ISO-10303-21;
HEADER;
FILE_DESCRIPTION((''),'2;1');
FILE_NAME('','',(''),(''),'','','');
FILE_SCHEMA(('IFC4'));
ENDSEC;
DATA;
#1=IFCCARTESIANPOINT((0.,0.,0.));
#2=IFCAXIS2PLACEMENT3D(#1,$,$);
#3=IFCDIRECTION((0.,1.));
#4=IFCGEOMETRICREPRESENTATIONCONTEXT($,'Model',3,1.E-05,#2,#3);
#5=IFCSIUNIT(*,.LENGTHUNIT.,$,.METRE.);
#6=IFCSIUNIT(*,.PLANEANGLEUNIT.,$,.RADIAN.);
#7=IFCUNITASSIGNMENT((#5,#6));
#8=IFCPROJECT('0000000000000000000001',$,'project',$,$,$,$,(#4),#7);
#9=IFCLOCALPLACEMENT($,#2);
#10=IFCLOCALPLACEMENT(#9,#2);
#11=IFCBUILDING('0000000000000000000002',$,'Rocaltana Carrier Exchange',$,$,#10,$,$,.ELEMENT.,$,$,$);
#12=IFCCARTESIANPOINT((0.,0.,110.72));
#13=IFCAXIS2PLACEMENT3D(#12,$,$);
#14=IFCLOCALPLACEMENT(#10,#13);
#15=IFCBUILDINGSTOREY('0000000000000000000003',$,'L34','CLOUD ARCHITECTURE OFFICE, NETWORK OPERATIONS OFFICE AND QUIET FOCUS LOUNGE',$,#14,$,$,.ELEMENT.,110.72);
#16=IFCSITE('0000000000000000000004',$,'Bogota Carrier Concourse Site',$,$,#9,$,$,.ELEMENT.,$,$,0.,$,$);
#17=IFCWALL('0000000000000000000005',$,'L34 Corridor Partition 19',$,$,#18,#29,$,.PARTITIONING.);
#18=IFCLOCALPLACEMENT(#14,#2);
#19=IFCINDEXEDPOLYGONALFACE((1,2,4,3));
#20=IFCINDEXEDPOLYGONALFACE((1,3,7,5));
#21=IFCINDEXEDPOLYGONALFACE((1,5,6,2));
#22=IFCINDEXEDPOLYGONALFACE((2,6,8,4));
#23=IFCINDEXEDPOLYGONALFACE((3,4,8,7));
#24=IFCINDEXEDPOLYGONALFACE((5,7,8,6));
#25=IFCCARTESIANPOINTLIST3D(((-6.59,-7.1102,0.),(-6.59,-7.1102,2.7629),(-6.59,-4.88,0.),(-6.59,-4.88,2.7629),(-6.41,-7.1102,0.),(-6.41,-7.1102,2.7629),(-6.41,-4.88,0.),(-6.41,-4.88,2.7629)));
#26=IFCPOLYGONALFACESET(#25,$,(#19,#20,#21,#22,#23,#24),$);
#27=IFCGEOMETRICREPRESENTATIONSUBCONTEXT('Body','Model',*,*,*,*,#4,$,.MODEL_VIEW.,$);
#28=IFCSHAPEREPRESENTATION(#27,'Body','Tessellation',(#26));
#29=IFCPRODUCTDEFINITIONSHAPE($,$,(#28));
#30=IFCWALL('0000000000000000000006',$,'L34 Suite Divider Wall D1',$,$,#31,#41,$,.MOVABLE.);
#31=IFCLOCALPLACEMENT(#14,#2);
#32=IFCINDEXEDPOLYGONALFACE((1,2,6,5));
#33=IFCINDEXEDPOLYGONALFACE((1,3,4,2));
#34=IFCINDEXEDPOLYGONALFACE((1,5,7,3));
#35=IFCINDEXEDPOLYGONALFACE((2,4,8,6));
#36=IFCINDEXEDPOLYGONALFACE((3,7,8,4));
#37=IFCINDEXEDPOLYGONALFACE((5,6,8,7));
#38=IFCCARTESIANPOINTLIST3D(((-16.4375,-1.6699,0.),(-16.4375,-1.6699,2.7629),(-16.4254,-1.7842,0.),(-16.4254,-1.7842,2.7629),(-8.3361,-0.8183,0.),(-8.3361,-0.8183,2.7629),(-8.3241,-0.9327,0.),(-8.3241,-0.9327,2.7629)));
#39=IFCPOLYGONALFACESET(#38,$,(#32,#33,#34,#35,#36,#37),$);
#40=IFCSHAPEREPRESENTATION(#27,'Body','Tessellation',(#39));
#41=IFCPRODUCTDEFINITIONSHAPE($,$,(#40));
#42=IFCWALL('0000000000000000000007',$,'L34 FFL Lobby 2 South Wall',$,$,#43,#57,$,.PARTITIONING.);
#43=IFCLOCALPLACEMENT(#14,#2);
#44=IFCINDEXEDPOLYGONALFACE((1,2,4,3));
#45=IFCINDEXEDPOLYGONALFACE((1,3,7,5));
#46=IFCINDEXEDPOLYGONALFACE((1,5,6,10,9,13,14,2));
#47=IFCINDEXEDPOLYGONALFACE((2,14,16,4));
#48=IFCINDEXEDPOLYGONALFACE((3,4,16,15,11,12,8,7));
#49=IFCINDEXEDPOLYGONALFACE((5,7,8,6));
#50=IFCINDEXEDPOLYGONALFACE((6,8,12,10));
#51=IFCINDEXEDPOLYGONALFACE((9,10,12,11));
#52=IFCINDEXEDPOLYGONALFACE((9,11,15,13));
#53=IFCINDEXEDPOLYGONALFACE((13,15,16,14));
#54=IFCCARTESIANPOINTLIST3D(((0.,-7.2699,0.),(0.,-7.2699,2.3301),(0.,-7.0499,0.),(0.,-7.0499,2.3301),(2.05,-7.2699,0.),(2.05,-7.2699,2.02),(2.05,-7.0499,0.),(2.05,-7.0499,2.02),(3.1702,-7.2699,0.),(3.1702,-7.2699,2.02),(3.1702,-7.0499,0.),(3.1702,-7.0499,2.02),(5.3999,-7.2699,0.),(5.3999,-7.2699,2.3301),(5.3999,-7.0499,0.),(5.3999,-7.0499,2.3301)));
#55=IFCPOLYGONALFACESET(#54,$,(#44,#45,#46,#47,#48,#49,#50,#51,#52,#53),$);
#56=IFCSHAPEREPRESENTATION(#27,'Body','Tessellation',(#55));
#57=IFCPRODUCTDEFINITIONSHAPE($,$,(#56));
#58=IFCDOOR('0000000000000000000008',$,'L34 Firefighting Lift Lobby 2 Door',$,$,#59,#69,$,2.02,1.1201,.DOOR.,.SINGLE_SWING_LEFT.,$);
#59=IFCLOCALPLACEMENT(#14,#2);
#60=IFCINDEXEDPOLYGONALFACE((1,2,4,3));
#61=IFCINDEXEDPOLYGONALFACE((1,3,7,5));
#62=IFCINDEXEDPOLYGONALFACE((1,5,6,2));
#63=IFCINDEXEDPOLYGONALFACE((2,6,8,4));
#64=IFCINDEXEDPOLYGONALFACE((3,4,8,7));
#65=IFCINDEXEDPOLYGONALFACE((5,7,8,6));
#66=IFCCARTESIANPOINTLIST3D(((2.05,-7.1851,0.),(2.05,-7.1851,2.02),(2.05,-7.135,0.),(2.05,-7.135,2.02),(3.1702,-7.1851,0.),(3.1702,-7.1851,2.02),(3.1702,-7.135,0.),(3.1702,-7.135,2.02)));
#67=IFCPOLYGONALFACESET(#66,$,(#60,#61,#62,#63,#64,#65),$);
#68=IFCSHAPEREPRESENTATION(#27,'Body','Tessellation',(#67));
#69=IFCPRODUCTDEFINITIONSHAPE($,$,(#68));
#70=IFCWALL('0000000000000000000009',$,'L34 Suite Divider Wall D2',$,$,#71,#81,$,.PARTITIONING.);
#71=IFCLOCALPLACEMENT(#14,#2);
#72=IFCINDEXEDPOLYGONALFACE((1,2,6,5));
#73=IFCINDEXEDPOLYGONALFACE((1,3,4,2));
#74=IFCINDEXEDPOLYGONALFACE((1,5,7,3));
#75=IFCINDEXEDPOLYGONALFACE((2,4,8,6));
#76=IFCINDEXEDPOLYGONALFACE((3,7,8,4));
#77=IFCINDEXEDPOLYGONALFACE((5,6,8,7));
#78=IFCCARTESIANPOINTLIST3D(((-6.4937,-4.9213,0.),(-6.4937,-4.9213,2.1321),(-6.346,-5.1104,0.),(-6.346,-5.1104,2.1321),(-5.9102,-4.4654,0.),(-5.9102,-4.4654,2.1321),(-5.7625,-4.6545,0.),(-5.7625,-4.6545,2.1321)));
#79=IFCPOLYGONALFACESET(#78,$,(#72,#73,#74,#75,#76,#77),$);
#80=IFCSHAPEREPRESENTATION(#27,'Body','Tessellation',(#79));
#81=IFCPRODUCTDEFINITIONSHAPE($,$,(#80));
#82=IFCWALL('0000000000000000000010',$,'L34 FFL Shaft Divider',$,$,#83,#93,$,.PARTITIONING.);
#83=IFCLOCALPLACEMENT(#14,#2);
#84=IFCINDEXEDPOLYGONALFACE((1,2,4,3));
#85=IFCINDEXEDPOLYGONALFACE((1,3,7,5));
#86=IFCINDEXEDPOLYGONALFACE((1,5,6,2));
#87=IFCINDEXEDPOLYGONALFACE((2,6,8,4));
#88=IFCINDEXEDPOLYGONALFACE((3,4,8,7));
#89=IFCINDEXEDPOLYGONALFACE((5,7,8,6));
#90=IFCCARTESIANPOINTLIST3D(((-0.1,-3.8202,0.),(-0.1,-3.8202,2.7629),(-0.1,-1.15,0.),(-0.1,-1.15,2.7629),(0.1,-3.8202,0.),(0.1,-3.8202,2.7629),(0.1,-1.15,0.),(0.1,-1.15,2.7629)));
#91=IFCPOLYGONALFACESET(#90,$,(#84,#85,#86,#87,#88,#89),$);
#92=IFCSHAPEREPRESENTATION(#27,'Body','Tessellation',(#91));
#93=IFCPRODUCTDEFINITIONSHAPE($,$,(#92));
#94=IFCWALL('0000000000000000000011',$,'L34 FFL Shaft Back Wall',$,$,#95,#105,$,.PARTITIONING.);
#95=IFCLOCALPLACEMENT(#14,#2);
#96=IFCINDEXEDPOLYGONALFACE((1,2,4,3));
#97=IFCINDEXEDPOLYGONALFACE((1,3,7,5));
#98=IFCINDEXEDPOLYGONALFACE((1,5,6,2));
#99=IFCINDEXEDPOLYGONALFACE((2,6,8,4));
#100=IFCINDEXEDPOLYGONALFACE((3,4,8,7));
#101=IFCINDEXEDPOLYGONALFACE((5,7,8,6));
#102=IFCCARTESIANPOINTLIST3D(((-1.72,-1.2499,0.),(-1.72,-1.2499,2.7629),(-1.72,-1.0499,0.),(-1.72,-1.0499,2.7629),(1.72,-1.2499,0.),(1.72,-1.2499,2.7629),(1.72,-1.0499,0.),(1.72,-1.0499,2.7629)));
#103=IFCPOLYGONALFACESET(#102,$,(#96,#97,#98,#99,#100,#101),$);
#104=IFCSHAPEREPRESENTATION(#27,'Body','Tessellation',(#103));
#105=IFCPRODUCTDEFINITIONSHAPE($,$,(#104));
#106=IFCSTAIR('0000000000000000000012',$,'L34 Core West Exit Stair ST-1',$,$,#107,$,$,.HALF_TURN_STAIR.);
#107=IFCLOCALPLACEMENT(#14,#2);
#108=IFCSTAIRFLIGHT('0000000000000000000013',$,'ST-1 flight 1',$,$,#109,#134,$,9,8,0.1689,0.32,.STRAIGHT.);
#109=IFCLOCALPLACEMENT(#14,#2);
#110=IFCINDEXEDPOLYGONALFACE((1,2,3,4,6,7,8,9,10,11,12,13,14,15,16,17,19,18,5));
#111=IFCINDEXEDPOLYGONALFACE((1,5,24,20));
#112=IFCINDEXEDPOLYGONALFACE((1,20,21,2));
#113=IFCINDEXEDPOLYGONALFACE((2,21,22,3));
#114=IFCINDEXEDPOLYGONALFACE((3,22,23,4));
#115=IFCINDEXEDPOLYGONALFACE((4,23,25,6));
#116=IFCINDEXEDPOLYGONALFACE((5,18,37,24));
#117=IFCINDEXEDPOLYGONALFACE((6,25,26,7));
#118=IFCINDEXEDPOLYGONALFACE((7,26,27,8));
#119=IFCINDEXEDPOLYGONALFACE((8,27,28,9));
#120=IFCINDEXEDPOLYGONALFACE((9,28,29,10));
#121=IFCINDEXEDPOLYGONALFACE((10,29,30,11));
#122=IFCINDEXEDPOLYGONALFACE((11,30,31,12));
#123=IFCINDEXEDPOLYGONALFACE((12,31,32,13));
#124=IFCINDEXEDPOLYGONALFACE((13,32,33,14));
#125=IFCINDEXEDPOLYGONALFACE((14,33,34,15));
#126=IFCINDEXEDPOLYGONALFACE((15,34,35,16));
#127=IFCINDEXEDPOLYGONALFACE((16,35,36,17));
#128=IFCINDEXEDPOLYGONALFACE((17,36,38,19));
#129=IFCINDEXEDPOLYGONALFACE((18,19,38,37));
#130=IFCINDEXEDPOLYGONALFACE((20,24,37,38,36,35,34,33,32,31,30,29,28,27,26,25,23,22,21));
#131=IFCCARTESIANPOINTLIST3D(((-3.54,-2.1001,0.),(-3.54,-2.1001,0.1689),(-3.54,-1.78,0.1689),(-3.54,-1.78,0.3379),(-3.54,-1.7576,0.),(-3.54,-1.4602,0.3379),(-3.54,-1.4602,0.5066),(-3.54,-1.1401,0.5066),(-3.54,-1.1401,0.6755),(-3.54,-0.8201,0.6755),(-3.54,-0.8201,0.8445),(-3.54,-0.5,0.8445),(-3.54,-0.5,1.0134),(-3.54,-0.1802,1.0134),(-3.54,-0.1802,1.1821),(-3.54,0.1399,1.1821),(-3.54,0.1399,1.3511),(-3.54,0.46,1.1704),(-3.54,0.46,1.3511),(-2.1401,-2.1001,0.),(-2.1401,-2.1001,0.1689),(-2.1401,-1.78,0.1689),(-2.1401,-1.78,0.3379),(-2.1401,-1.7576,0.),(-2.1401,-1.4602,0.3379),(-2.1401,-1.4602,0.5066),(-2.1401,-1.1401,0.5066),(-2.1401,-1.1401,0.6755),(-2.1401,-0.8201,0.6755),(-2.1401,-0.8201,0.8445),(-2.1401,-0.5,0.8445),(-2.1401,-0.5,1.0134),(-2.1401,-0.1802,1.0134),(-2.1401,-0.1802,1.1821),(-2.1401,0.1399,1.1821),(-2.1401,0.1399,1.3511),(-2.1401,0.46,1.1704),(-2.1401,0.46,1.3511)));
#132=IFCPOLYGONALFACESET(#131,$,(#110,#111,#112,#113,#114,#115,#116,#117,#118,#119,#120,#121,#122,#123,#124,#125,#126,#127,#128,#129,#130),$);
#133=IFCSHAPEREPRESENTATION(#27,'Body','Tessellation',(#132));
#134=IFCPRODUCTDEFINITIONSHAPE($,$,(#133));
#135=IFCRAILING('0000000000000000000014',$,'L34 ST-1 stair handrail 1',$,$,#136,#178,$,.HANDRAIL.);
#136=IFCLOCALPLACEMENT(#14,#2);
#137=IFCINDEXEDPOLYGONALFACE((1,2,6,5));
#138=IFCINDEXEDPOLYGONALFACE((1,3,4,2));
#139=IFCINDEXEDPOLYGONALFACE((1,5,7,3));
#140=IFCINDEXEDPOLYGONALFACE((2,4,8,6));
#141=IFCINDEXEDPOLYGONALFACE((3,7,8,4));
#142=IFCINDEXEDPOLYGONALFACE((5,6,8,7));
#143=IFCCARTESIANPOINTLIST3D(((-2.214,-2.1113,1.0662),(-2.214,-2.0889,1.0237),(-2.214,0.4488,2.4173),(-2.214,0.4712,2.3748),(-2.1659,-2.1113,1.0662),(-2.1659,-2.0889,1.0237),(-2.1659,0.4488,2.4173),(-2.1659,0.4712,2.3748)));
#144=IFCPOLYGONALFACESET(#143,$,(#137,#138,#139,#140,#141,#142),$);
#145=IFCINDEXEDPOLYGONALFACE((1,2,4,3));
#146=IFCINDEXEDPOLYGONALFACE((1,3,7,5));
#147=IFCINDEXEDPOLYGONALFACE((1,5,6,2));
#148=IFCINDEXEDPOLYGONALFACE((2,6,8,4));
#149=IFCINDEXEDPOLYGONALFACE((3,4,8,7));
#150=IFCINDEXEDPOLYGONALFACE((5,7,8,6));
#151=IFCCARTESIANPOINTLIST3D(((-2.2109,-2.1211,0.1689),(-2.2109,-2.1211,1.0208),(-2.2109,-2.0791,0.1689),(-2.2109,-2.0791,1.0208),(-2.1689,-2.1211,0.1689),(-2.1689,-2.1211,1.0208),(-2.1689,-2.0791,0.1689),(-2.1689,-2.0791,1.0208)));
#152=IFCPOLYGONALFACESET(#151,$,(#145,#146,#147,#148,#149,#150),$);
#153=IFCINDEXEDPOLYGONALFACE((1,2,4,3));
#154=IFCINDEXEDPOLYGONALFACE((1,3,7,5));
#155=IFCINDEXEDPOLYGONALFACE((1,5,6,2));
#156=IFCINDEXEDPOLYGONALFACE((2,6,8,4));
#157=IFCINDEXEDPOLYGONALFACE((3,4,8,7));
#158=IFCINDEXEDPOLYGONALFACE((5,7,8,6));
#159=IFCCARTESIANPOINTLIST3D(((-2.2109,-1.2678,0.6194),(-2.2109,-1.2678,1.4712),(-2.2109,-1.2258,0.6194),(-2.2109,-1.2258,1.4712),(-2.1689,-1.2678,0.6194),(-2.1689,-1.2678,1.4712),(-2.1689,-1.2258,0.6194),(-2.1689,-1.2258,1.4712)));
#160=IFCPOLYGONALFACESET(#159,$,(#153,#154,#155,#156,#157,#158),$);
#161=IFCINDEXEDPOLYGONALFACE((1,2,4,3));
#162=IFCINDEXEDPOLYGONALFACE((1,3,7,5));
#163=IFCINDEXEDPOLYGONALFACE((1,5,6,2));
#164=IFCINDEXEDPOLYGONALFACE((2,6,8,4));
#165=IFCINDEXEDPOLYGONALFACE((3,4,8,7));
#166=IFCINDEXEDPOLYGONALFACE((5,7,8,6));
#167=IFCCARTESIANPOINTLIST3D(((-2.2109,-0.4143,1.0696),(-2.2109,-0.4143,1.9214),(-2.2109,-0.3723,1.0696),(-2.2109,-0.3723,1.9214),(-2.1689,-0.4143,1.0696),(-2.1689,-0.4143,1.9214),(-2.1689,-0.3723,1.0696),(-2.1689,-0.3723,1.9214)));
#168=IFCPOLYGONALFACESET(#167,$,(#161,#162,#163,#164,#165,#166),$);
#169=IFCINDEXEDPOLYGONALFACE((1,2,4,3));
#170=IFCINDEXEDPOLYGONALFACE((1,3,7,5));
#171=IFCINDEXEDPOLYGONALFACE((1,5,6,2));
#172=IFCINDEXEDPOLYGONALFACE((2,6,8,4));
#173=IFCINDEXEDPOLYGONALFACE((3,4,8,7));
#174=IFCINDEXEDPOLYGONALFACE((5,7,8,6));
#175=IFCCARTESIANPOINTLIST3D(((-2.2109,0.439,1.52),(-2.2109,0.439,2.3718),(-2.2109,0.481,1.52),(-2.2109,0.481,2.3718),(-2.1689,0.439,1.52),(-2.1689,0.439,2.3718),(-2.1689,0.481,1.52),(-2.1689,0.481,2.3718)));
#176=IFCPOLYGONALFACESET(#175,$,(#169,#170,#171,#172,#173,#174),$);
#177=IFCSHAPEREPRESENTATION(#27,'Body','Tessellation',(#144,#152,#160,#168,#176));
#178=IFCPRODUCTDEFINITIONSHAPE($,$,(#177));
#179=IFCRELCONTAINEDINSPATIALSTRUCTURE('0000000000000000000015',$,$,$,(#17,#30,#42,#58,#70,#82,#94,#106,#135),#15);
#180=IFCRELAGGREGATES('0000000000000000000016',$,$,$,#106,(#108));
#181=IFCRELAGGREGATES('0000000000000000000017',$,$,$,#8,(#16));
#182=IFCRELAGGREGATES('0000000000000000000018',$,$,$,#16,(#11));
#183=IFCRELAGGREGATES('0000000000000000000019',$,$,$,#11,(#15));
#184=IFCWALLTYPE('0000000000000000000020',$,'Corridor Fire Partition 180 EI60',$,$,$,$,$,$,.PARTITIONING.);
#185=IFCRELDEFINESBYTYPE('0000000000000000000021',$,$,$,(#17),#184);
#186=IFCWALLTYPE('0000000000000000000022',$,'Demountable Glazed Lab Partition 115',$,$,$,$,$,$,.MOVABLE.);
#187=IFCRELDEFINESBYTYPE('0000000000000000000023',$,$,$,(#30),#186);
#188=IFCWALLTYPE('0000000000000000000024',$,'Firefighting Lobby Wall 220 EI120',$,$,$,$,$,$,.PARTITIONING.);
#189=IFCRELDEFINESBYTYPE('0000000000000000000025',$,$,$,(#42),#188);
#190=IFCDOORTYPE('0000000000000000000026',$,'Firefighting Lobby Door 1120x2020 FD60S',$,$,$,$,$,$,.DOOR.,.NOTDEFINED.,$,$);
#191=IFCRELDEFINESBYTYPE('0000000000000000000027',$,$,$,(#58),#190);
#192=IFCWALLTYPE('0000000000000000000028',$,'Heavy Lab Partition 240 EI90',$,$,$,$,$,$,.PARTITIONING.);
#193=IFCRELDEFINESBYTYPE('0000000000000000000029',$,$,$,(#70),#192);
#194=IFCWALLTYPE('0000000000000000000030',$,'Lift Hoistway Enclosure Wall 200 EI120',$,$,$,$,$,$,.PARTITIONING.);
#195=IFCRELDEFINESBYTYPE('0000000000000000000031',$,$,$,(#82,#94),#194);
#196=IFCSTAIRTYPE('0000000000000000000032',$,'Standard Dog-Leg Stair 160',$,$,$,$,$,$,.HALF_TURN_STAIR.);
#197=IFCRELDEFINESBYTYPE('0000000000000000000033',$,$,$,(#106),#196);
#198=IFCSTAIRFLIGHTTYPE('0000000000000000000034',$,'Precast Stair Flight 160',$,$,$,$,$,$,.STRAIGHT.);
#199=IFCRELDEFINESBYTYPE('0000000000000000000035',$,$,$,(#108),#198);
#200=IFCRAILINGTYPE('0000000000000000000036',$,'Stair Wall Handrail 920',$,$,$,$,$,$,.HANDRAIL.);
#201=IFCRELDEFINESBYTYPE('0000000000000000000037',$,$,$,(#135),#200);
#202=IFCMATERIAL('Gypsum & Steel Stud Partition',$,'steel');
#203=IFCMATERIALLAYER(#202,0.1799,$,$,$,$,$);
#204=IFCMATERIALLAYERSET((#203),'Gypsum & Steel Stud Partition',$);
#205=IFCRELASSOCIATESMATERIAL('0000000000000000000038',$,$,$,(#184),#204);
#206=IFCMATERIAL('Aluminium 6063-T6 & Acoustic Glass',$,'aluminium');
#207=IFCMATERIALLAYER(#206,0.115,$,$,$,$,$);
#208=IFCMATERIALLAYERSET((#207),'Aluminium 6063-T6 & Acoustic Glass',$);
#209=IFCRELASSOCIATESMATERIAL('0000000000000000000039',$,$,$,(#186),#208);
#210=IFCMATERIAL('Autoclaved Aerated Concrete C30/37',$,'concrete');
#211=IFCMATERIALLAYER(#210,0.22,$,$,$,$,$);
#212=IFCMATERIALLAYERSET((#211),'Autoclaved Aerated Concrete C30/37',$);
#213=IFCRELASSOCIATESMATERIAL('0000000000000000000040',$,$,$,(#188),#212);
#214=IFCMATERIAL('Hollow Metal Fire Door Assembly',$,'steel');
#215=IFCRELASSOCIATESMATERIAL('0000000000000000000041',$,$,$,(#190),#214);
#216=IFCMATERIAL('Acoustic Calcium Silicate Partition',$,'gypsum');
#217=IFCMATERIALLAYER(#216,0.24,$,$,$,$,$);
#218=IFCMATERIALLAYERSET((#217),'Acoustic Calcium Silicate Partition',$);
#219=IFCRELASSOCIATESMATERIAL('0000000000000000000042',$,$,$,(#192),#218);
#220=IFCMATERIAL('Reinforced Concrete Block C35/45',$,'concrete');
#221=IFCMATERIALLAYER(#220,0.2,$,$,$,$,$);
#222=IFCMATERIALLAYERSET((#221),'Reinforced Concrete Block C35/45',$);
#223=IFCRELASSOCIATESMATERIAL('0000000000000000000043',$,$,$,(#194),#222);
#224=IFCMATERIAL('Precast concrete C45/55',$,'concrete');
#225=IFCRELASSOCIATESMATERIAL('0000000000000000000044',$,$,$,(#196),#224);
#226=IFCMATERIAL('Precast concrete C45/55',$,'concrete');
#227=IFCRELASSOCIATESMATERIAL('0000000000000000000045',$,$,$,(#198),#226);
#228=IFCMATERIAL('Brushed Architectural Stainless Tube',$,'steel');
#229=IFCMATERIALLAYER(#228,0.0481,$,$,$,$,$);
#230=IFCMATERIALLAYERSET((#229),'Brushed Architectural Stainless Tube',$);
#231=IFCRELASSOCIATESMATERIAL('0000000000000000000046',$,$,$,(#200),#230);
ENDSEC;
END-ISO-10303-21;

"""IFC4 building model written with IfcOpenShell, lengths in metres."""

from ifc_helpers import new_model, si_unit, direction, frame, frame_2d, origin, origin_2d, place, context, subcontext, project, spatial, polyline, rectangle, outline, extrude, material, layer, layer_set, type_object, element, fill, aggregate, save


model = new_model("IFC4")

# Units and contexts
model_context = context("Model", 3, precision=1e-05, world=origin(), true_north=direction((0.0, 1.0)))
body_context = subcontext(model_context, "Body", "Model", "MODEL_VIEW")
ifc_project = project(units=[si_unit("LENGTHUNIT", "METRE"), si_unit("PLANEANGLEUNIT", "RADIAN")], contexts=[model_context])

# Site, building, storey
site_placement = place(None, origin())
site = spatial("IfcSite", under=ifc_project, at=site_placement, Name="Bogota Carrier Concourse Site", CompositionType="ELEMENT", RefElevation=0.0)
building_placement = place(site_placement, origin())
building = spatial("IfcBuilding", under=site, at=building_placement, Name="Rocaltana Carrier Exchange", CompositionType="ELEMENT")
storey_placement = place(building_placement, frame((0.0, 0.0, 110.72)))
storey = spatial("IfcBuildingStorey", under=building, at=storey_placement, Name="L34", Description="CLOUD ARCHITECTURE OFFICE, NETWORK OPERATIONS OFFICE AND QUIET FOCUS LOUNGE", CompositionType="ELEMENT", Elevation=110.72)

# Walls
ifc_material_1 = material(Name="Gypsum & Steel Stud Partition", Category="steel")
ifc_layer_1 = layer(ifc_material_1, 0.1799)
ifc_layer_set_1 = layer_set([ifc_layer_1], Name="Gypsum & Steel Stud Partition")
wall_type_1 = type_object("IfcWallType", Name="Corridor Fire Partition 180 EI60", PredefinedType="PARTITIONING", material=ifc_layer_set_1)
wall_1_placement = place(storey_placement, frame((-6.5, -4.8799, 0.0), z_axis=(0.0, 0.0, 1.0), x_axis=(0.0, -1.0, 0.0)))
element("IfcWall", 1, at=wall_1_placement, inside=storey, type_object=wall_type_1, Name="L34 Corridor Partition 19", PredefinedType="PARTITIONING", context=body_context, shape_type="SweptSolid", body=[
    extrude(rectangle(XDim=2.2302, YDim=0.1799, at=frame_2d((1.1152, 0.0))), origin(), (0.0, 0.0, 1.0), 2.7629),
])
ifc_material_2 = material(Name="Aluminium 6063-T6 & Acoustic Glass", Category="aluminium")
ifc_layer_2 = layer(ifc_material_2, 0.115)
ifc_layer_set_2 = layer_set([ifc_layer_2], Name="Aluminium 6063-T6 & Acoustic Glass")
wall_type_2 = type_object("IfcWallType", Name="Demountable Glazed Lab Partition 115", PredefinedType="MOVABLE", material=ifc_layer_set_2)
wall_2_placement = place(storey_placement, frame((-8.3301, -0.8755, 0.0), z_axis=(0.0, 0.0, 1.0), x_axis=(-0.994521, -0.104538, 0.0)))
element("IfcWall", 2, at=wall_2_placement, inside=storey, type_object=wall_type_2, Name="L34 Suite Divider Wall D1", PredefinedType="MOVABLE", context=body_context, shape_type="SweptSolid", body=[
    extrude(rectangle(XDim=8.146, YDim=0.115, at=frame_2d((4.073, 0.0))), origin(), (0.0, 0.0, 1.0), 2.7629),
])

# Wall, opening, door
ifc_material_3 = material(Name="Autoclaved Aerated Concrete C30/37", Category="concrete")
ifc_layer_3 = layer(ifc_material_3, 0.22)
ifc_layer_set_3 = layer_set([ifc_layer_3], Name="Autoclaved Aerated Concrete C30/37")
wall_type_3 = type_object("IfcWallType", Name="Firefighting Lobby Wall 220 EI120", PredefinedType="PARTITIONING", material=ifc_layer_set_3)
wall_3_placement = place(storey_placement, frame((0.0, -7.1599, 0.0), z_axis=(0.0, 0.0, 1.0), x_axis=(1.0, 0.0, 0.0)))
wall_3 = element("IfcWall", 3, at=wall_3_placement, inside=storey, type_object=wall_type_3, Name="L34 FFL Lobby 2 South Wall", PredefinedType="PARTITIONING", context=body_context, shape_type="SweptSolid", body=[
    extrude(rectangle(XDim=5.3999, YDim=0.22, at=frame_2d((2.7, 0.0))), origin(), (0.0, 0.0, 1.0), 2.3301),
])
opening_1_placement = place(wall_3_placement, frame((2.05, 0.0, 0.0)))
opening_1 = element("IfcOpeningElement", 4, at=opening_1_placement, cuts=wall_3, PredefinedType="OPENING", context=body_context, shape_type="SweptSolid", body=[
    extrude(rectangle(XDim=1.1201, YDim=2.02, at=frame_2d((0.5601, 1.01))), frame((0.0, 0.1199, 0.0), z_axis=(0.0, -1.0, 0.0), x_axis=(1.0, 0.0, 0.0)), (0.0, 0.0, 1.0), 0.24),
])
ifc_material_4 = material(Name="Hollow Metal Fire Door Assembly", Category="steel")
door_type_1 = type_object("IfcDoorType", Name="Firefighting Lobby Door 1120x2020 FD60S", OperationType="NOTDEFINED", PredefinedType="DOOR", material=ifc_material_4)
door_1_placement = place(opening_1_placement, origin())
door_1 = element("IfcDoor", 5, at=door_1_placement, inside=storey, type_object=door_type_1, Name="L34 Firefighting Lift Lobby 2 Door", OperationType="SINGLE_SWING_LEFT", OverallHeight=2.02, OverallWidth=1.1201, PredefinedType="DOOR", context=body_context, shape_type="SweptSolid", body=[
    extrude(rectangle(XDim=1.1201, YDim=2.02, at=frame_2d((0.5601, 1.01))), frame((0.0, 0.0249, 0.0), z_axis=(0.0, -1.0, 0.0), x_axis=(1.0, 0.0, 0.0)), (0.0, 0.0, 1.0), 0.05),
])
fill(opening_1, door_1)

# Walls
ifc_material_5 = material(Name="Acoustic Calcium Silicate Partition", Category="gypsum")
ifc_layer_4 = layer(ifc_material_5, 0.24)
ifc_layer_set_4 = layer_set([ifc_layer_4], Name="Acoustic Calcium Silicate Partition")
wall_type_4 = type_object("IfcWallType", Name="Heavy Lab Partition 240 EI90", PredefinedType="PARTITIONING", material=ifc_layer_set_4)
wall_4_placement = place(storey_placement, frame((-5.8364, -4.5601, 0.0), z_axis=(0.0, 0.0, 1.0), x_axis=(-0.788054, -0.615606, 0.0)))
element("IfcWall", 6, at=wall_4_placement, inside=storey, type_object=wall_type_4, Name="L34 Suite Divider Wall D2", PredefinedType="PARTITIONING", context=body_context, shape_type="SweptSolid", body=[
    extrude(rectangle(XDim=0.7405, YDim=0.24, at=frame_2d((0.3701, 0.0))), origin(), (0.0, 0.0, 1.0), 2.1321),
])
ifc_material_6 = material(Name="Reinforced Concrete Block C35/45", Category="concrete")
ifc_layer_5 = layer(ifc_material_6, 0.2)
ifc_layer_set_5 = layer_set([ifc_layer_5], Name="Reinforced Concrete Block C35/45")
wall_type_5 = type_object("IfcWallType", Name="Lift Hoistway Enclosure Wall 200 EI120", PredefinedType="PARTITIONING", material=ifc_layer_set_5)
wall_5_placement = place(storey_placement, frame((0.0, -3.8201, 0.0), z_axis=(0.0, 0.0, 1.0), x_axis=(0.0, 1.0, 0.0)))
element("IfcWall", 7, at=wall_5_placement, inside=storey, type_object=wall_type_5, Name="L34 FFL Shaft Divider", PredefinedType="PARTITIONING", context=body_context, shape_type="SweptSolid", body=[
    extrude(rectangle(XDim=2.6702, YDim=0.2, at=frame_2d((1.335, 0.0))), origin(), (0.0, 0.0, 1.0), 2.7629),
])
wall_6_placement = place(storey_placement, frame((-1.72, -1.1499, 0.0), z_axis=(0.0, 0.0, 1.0), x_axis=(1.0, 0.0, 0.0)))
element("IfcWall", 8, at=wall_6_placement, inside=storey, type_object=wall_type_5, Name="L34 FFL Shaft Back Wall", PredefinedType="PARTITIONING", context=body_context, shape_type="SweptSolid", body=[
    extrude(rectangle(XDim=3.4399, YDim=0.2, at=frame_2d((1.72, 0.0))), origin(), (0.0, 0.0, 1.0), 2.7629),
])

# Stair, stair flight
ifc_material_7 = material(Name="Precast concrete C45/55", Category="concrete")
stair_type = type_object("IfcStairType", Name="Standard Dog-Leg Stair 160", PredefinedType="HALF_TURN_STAIR", material=ifc_material_7)
stair_placement = place(storey_placement, origin())
stair = element("IfcStair", 9, at=stair_placement, inside=storey, type_object=stair_type, Name="L34 Core West Exit Stair ST-1", PredefinedType="HALF_TURN_STAIR")
ifc_material_8 = material(Name="Precast concrete C45/55", Category="concrete")
stair_flight_type = type_object("IfcStairFlightType", Name="Precast Stair Flight 160", PredefinedType="STRAIGHT", material=ifc_material_8)
stair_flight_placement = place(storey_placement, frame((-2.8401, -2.1001, 0.0), z_axis=(0.0, 0.0, 1.0), x_axis=(0.0, 1.0, 0.0)))
stair_flight = element("IfcStairFlight", 10, at=stair_flight_placement, type_object=stair_flight_type, Name="ST-1 flight 1", NumberOfRisers=9, NumberOfTreads=8, PredefinedType="STRAIGHT", RiserHeight=0.1689, TreadLength=0.32, context=body_context, shape_type="SweptSolid", body=[
    extrude(outline(polyline([(0.0, 0.0), (0.0, 0.1689), (0.3201, 0.1689), (0.3201, 0.3379), (0.6399, 0.3379), (0.6399, 0.5066), (0.96, 0.5066), (0.96, 0.6755), (1.28, 0.6755), (1.28, 0.8445), (1.6001, 0.8445), (1.6001, 1.0134), (1.9199, 1.0134), (1.9199, 1.1821), (2.24, 1.1821), (2.24, 1.3511), (2.5601, 1.3511), (2.5601, 1.52), (2.5601, 1.1704), (0.3425, 0.0), (0.0, 0.0)])), frame((0.0, 0.7, 0.0), z_axis=(0.0, -1.0, 0.0), x_axis=(1.0, 0.0, 0.0)), (0.0, 0.0, 1.0), 1.3999),
])
aggregate(stair, [stair_flight])

# Railing
ifc_material_9 = material(Name="Brushed Architectural Stainless Tube", Category="steel")
ifc_layer_6 = layer(ifc_material_9, 0.0481)
ifc_layer_set_6 = layer_set([ifc_layer_6], Name="Brushed Architectural Stainless Tube")
railing_type_1 = type_object("IfcRailingType", Name="Stair Wall Handrail 920", PredefinedType="HANDRAIL", material=ifc_layer_set_6)
railing_1_placement = place(storey_placement, frame((-2.1899, -2.1001, 0.1689)))
element("IfcRailing", 11, at=railing_1_placement, inside=storey, type_object=railing_type_1, Name="L34 ST-1 stair handrail 1", PredefinedType="HANDRAIL", context=body_context, shape_type="SweptSolid", body=[
    extrude(rectangle(XDim=0.0481, YDim=0.0481, at=origin_2d()), frame((0.0, 0.0, 0.876), z_axis=(0.0, 0.884394, 0.46674), x_axis=(-1.0, 0.0, 0.0)), (0.0, 0.0, 1.0), 2.8948),
    extrude(rectangle(XDim=0.042, YDim=0.042, at=origin_2d()), origin(), (0.0, 0.0, 1.0), 0.8518),
    extrude(rectangle(XDim=0.042, YDim=0.042, at=origin_2d()), frame((0.0, 0.8533, 0.4504)), (0.0, 0.0, 1.0), 0.8518),
    extrude(rectangle(XDim=0.042, YDim=0.042, at=origin_2d()), frame((0.0, 1.7068, 0.9006)), (0.0, 0.0, 1.0), 0.8518),
    extrude(rectangle(XDim=0.042, YDim=0.042, at=origin_2d()), frame((0.0, 2.5601, 1.3511)), (0.0, 0.0, 1.0), 0.8518),
])

save(model, "model.ifc")
